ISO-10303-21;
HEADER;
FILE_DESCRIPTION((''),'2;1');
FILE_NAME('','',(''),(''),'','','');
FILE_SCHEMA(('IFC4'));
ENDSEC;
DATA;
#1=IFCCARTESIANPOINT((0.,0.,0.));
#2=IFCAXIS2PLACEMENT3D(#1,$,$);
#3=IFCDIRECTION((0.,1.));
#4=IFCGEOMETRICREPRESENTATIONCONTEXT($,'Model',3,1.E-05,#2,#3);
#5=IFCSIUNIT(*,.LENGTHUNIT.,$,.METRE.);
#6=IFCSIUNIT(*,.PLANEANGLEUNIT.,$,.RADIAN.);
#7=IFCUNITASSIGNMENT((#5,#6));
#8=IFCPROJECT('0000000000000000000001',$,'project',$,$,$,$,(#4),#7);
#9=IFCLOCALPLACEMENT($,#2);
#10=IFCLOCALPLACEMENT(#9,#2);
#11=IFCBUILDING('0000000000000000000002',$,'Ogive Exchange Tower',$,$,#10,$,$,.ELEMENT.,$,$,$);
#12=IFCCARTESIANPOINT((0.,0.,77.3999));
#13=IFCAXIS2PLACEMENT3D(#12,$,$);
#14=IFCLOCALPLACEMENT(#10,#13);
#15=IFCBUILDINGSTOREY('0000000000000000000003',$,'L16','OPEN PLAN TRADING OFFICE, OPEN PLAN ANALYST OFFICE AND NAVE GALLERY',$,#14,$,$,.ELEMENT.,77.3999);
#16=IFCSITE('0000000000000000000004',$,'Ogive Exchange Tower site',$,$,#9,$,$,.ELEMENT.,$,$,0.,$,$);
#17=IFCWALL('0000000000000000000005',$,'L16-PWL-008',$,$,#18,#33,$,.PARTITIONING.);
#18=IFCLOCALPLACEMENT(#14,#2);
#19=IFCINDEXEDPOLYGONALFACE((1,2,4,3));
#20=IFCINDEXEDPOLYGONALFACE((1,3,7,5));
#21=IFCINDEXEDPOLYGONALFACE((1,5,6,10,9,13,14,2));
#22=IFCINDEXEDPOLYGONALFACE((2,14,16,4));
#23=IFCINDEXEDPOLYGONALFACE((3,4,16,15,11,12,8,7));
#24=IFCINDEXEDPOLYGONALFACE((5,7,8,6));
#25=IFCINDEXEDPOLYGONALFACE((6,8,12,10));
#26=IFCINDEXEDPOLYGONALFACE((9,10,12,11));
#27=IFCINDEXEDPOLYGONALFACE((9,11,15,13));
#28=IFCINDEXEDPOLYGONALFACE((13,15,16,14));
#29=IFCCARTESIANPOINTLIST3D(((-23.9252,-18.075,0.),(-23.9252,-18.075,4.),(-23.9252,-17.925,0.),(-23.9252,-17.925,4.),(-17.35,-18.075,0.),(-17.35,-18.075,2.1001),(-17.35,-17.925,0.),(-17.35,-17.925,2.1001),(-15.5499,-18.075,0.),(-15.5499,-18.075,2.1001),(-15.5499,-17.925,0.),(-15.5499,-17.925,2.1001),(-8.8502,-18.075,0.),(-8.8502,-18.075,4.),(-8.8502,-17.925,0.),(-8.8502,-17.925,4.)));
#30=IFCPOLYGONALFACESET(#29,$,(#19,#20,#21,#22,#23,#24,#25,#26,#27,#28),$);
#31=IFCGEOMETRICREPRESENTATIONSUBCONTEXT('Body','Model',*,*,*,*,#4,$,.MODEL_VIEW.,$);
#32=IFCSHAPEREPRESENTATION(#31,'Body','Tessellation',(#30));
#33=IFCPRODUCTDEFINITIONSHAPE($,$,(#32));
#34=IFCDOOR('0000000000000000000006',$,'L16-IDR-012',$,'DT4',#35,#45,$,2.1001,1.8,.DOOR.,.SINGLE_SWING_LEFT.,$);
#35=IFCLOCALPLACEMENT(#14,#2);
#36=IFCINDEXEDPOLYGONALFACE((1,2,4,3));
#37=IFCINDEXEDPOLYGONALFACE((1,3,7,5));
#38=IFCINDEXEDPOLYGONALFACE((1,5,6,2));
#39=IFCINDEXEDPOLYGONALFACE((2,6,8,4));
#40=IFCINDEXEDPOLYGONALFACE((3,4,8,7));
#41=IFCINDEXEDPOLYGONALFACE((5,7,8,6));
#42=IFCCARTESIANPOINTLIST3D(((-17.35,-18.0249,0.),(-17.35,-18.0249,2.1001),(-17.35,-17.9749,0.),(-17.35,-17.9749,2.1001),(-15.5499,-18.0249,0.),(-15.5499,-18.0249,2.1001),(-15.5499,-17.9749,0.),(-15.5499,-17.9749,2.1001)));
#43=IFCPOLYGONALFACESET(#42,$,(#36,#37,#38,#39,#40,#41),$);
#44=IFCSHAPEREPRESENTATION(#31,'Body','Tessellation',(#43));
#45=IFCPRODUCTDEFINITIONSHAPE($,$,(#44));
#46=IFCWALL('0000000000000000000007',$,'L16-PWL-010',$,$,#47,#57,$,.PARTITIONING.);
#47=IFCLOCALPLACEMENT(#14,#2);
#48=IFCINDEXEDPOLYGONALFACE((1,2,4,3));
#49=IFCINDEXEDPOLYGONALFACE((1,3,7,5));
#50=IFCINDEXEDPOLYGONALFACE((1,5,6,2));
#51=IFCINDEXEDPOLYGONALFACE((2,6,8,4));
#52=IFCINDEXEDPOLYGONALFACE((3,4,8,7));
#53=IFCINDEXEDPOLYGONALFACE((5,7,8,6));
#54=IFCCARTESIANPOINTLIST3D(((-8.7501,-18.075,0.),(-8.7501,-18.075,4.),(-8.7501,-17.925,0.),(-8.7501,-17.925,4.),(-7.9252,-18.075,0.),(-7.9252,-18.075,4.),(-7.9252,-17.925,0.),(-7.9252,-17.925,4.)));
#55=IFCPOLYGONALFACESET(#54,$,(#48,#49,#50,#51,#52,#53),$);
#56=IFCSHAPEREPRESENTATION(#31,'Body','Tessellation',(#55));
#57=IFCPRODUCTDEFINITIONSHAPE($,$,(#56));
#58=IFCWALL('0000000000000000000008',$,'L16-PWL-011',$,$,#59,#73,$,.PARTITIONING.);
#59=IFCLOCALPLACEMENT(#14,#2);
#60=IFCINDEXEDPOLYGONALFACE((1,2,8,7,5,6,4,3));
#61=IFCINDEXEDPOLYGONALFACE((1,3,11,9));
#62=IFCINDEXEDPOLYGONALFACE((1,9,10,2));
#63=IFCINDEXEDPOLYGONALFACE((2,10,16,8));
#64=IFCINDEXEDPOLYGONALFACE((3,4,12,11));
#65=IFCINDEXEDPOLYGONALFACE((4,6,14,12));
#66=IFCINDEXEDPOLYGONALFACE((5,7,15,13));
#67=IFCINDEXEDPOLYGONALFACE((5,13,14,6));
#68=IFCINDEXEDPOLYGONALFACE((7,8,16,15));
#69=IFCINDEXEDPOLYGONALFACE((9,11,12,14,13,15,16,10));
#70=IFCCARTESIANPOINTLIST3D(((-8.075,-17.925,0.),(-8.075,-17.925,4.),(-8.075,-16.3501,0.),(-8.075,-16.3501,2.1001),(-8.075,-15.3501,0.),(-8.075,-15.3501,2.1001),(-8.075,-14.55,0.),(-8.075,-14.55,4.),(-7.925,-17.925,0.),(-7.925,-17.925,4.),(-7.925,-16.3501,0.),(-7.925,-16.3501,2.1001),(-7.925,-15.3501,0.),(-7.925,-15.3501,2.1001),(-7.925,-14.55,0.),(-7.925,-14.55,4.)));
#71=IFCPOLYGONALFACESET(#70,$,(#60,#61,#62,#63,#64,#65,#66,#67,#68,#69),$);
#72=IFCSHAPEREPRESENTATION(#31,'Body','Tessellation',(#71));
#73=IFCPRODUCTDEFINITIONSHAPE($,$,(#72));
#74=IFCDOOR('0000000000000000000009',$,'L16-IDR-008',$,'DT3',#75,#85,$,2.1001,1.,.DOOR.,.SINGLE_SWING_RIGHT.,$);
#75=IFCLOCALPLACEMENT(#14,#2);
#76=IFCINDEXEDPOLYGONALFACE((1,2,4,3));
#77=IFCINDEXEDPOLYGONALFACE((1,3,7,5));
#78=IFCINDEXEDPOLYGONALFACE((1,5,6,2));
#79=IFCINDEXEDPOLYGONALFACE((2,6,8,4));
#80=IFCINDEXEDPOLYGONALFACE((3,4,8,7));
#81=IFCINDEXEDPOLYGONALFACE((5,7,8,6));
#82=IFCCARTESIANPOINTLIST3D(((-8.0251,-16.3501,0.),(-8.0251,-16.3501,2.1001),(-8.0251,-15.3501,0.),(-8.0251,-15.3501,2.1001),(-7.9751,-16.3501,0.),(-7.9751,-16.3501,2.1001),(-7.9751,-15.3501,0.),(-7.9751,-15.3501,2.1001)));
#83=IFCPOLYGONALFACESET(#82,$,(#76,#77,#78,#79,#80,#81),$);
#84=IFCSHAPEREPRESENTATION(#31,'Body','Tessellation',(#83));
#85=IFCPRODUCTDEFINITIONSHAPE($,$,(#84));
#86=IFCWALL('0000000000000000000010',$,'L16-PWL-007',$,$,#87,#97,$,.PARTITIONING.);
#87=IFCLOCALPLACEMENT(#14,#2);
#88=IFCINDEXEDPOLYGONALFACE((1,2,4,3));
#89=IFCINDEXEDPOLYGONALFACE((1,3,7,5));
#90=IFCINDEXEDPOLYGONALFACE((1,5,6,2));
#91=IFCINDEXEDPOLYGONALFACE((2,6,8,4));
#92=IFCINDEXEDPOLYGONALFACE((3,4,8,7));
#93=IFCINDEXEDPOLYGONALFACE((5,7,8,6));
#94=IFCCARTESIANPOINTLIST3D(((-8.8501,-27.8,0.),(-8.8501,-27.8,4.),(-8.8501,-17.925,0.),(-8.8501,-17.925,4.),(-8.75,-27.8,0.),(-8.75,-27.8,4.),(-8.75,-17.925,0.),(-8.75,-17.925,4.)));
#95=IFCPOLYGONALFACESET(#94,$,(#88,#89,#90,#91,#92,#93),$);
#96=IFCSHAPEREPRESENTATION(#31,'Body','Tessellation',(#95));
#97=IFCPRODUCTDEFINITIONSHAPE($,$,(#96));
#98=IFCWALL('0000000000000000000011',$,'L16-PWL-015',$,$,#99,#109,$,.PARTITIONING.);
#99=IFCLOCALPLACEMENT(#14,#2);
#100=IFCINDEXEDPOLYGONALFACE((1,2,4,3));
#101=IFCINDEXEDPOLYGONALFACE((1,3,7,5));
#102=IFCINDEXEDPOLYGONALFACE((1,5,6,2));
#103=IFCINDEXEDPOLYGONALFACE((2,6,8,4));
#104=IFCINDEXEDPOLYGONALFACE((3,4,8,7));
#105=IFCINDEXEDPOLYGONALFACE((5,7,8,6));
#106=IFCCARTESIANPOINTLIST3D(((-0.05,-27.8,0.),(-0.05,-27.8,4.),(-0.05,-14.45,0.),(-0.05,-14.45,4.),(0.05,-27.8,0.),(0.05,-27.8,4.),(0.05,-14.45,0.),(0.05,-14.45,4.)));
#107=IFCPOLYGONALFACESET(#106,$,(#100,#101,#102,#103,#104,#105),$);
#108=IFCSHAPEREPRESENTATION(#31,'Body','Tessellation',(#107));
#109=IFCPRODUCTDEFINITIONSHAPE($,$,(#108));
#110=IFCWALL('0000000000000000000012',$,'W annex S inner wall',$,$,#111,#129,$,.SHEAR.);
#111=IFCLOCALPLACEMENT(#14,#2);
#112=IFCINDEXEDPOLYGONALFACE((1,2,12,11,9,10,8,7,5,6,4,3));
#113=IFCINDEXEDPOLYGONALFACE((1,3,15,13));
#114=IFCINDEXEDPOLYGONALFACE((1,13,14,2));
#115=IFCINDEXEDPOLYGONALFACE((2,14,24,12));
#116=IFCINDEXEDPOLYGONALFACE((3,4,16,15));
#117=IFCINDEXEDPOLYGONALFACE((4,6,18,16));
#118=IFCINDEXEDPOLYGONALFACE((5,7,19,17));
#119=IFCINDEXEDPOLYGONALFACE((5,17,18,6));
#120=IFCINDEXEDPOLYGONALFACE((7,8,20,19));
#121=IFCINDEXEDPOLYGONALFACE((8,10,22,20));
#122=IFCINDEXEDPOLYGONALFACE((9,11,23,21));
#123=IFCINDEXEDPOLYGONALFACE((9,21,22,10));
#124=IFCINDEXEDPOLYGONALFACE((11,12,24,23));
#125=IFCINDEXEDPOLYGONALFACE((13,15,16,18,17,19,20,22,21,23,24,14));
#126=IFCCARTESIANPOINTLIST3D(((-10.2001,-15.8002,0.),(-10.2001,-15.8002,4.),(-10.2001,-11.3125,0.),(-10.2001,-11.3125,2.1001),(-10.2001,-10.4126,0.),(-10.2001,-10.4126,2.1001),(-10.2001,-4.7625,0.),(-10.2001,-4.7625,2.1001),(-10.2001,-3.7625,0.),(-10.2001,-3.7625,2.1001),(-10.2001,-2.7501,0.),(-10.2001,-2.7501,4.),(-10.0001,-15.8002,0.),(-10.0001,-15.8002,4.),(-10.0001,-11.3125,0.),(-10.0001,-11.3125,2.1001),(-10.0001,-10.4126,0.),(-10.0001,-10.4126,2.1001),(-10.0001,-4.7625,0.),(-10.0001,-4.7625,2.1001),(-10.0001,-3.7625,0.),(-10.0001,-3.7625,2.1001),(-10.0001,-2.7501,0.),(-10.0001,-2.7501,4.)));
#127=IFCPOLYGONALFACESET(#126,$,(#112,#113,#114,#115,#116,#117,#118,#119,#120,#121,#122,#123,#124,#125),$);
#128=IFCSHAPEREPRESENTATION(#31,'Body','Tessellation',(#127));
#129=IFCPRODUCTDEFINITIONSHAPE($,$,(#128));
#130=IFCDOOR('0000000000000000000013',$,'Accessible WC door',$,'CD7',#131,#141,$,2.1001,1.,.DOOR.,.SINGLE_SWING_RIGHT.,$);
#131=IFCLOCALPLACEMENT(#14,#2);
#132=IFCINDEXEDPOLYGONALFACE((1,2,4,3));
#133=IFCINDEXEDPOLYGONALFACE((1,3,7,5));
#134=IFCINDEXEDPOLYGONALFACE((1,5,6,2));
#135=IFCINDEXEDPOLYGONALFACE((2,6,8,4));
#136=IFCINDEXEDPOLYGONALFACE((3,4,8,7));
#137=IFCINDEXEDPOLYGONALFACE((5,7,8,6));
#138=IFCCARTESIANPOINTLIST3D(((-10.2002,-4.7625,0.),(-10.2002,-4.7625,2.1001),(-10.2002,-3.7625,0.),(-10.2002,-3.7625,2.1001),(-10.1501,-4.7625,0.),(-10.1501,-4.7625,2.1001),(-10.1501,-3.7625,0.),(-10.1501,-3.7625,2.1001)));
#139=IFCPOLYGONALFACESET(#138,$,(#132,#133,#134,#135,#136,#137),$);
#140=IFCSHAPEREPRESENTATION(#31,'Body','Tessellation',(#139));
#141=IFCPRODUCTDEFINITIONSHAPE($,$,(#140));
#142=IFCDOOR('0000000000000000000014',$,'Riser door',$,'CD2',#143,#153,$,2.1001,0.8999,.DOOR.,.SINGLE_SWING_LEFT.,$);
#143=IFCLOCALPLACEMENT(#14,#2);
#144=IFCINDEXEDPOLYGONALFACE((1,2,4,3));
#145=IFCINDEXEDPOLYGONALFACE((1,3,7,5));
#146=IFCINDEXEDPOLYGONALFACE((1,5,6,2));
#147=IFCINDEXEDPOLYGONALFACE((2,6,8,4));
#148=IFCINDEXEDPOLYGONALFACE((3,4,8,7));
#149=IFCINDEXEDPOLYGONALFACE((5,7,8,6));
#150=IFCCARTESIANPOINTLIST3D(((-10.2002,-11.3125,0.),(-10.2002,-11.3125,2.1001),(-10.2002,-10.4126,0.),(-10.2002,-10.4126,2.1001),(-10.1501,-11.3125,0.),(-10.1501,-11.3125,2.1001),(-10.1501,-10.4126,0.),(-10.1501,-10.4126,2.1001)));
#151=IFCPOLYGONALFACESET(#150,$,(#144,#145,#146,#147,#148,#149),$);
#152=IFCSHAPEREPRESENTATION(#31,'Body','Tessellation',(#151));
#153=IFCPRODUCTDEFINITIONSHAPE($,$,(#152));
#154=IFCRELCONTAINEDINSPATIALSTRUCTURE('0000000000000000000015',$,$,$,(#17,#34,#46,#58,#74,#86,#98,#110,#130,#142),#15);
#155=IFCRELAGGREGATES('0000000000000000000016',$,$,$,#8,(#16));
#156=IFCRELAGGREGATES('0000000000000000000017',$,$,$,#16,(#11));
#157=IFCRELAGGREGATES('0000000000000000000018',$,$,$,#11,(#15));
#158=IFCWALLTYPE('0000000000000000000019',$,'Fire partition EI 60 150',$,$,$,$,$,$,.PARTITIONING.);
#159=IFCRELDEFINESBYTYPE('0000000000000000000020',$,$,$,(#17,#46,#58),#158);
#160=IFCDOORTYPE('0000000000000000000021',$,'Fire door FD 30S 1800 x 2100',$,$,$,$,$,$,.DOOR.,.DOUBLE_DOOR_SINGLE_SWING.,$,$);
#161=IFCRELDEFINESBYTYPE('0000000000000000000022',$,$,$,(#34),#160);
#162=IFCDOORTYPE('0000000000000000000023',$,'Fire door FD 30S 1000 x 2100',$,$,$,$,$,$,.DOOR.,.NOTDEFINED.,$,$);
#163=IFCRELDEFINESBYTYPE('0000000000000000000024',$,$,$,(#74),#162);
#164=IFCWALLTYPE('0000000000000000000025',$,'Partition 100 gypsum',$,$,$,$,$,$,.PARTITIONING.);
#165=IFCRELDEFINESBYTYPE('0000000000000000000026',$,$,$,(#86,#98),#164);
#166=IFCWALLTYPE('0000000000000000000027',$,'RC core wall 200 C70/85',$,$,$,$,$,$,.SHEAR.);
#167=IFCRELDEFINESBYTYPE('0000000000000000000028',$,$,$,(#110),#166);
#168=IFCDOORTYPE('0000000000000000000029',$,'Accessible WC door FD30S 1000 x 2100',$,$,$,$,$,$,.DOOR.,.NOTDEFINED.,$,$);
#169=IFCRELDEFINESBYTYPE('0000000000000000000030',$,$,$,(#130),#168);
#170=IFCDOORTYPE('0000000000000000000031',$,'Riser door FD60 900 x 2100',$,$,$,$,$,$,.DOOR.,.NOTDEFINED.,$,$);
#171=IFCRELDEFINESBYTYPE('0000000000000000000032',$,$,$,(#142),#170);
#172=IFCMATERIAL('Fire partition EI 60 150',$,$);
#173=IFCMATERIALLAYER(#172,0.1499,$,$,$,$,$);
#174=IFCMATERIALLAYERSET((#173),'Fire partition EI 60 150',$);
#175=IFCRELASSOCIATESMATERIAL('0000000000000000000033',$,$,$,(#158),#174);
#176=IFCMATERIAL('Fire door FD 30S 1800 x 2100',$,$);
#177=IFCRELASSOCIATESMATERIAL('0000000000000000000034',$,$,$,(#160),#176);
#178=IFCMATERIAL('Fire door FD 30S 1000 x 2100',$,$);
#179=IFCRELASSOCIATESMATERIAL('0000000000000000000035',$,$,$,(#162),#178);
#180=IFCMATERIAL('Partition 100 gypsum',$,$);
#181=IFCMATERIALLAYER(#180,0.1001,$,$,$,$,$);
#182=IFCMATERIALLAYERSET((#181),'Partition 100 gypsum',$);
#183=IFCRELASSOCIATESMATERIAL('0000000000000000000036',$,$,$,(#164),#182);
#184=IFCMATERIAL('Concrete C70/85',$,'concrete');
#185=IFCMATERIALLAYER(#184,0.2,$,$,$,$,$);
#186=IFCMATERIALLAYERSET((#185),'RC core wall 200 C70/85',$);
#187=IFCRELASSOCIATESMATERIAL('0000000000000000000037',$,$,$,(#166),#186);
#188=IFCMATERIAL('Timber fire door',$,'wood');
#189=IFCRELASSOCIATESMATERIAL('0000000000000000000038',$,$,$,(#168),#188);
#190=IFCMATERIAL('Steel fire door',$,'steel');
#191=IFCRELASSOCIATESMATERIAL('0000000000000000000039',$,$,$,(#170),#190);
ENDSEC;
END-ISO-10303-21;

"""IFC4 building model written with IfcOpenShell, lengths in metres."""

from ifc_helpers import new_model, si_unit, direction, frame, frame_2d, origin, place, context, subcontext, project, spatial, rectangle, extrude, material, layer, layer_set, type_object, element, fill, save


model = new_model("IFC4")

# Units and contexts
model_context = context("Model", 3, precision=1e-05, world=origin(), true_north=direction((0.0, 1.0)))
body_context = subcontext(model_context, "Body", "Model", "MODEL_VIEW")
ifc_project = project(units=[si_unit("LENGTHUNIT", "METRE"), si_unit("PLANEANGLEUNIT", "RADIAN")], contexts=[model_context])

# Site, building, storey
site_placement = place(None, origin())
site = spatial("IfcSite", under=ifc_project, at=site_placement, Name="Ogive Exchange Tower site", CompositionType="ELEMENT", RefElevation=0.0)
building_placement = place(site_placement, origin())
building = spatial("IfcBuilding", under=site, at=building_placement, Name="Ogive Exchange Tower", CompositionType="ELEMENT")
storey_placement = place(building_placement, frame((0.0, 0.0, 77.3999)))
storey = spatial("IfcBuildingStorey", under=building, at=storey_placement, Name="L16", Description="OPEN PLAN TRADING OFFICE, OPEN PLAN ANALYST OFFICE AND NAVE GALLERY", CompositionType="ELEMENT", Elevation=77.3999)

# Wall, opening, door
ifc_material_1 = material(Name="Fire partition EI 60 150")
ifc_layer_1 = layer(ifc_material_1, 0.1499)
ifc_layer_set_1 = layer_set([ifc_layer_1], Name="Fire partition EI 60 150")
wall_type_1 = type_object("IfcWallType", Name="Fire partition EI 60 150", PredefinedType="PARTITIONING", material=ifc_layer_set_1)
wall_1_placement = place(storey_placement, frame((-8.8501, -18.0, 0.0), z_axis=(0.0, 0.0, 1.0), x_axis=(-1.0, 0.0, 0.0)))
wall_1 = element("IfcWall", 1, at=wall_1_placement, inside=storey, type_object=wall_type_1, Name="L16-PWL-008", PredefinedType="PARTITIONING", context=body_context, shape_type="SweptSolid", body=[
    extrude(rectangle(XDim=15.075, YDim=0.1499, at=frame_2d((7.5376, 0.0))), origin(), (0.0, 0.0, 1.0), 4.0),
])
opening_1_placement = place(wall_1_placement, frame((6.7, 0.0, 0.0)))
opening_1 = element("IfcOpeningElement", 2, at=opening_1_placement, cuts=wall_1, PredefinedType="OPENING", context=body_context, shape_type="SweptSolid", body=[
    extrude(rectangle(XDim=1.8, YDim=2.1001, at=frame_2d((0.8999, 1.05))), frame((0.0, 0.085, 0.0), z_axis=(0.0, -1.0, 0.0), x_axis=(1.0, 0.0, 0.0)), (0.0, 0.0, 1.0), 0.1699),
])
ifc_material_2 = material(Name="Fire door FD 30S 1800 x 2100")
door_type_1 = type_object("IfcDoorType", Name="Fire door FD 30S 1800 x 2100", OperationType="DOUBLE_DOOR_SINGLE_SWING", PredefinedType="DOOR", material=ifc_material_2)
door_1_placement = place(opening_1_placement, origin())
door_1 = element("IfcDoor", 3, at=door_1_placement, inside=storey, type_object=door_type_1, Name="L16-IDR-012", ObjectType="DT4", OperationType="SINGLE_SWING_LEFT", OverallHeight=2.1001, OverallWidth=1.8, PredefinedType="DOOR", context=body_context, shape_type="SweptSolid", body=[
    extrude(rectangle(XDim=1.8, YDim=2.1001, at=frame_2d((0.8999, 1.05))), frame((0.0, 0.0249, 0.0), z_axis=(0.0, -1.0, 0.0), x_axis=(1.0, 0.0, 0.0)), (0.0, 0.0, 1.0), 0.05),
])
fill(opening_1, door_1)

# Wall
wall_2_placement = place(storey_placement, frame((-7.925, -18.0, 0.0), z_axis=(0.0, 0.0, 1.0), x_axis=(-1.0, 0.0, 0.0)))
element("IfcWall", 4, at=wall_2_placement, inside=storey, type_object=wall_type_1, Name="L16-PWL-010", PredefinedType="PARTITIONING", context=body_context, shape_type="SweptSolid", body=[
    extrude(rectangle(XDim=0.825, YDim=0.1499, at=frame_2d((0.4126, 0.0))), origin(), (0.0, 0.0, 1.0), 4.0),
])

# Wall, opening, door
wall_3_placement = place(storey_placement, frame((-8.0, -14.55, 0.0), z_axis=(0.0, 0.0, 1.0), x_axis=(0.0, -1.0, 0.0)))
wall_3 = element("IfcWall", 5, at=wall_3_placement, inside=storey, type_object=wall_type_1, Name="L16-PWL-011", PredefinedType="PARTITIONING", context=body_context, shape_type="SweptSolid", body=[
    extrude(rectangle(XDim=3.375, YDim=0.1499, at=frame_2d((1.6875, 0.0))), origin(), (0.0, 0.0, 1.0), 4.0),
])
opening_2_placement = place(wall_3_placement, frame((0.8, 0.0, 0.0)))
opening_2 = element("IfcOpeningElement", 6, at=opening_2_placement, cuts=wall_3, PredefinedType="OPENING", context=body_context, shape_type="SweptSolid", body=[
    extrude(rectangle(XDim=1.0, YDim=2.1001, at=frame_2d((0.5, 1.05))), frame((0.0, 0.085, 0.0), z_axis=(0.0, -1.0, 0.0), x_axis=(1.0, 0.0, 0.0)), (0.0, 0.0, 1.0), 0.1699),
])
ifc_material_3 = material(Name="Fire door FD 30S 1000 x 2100")
door_type_2 = type_object("IfcDoorType", Name="Fire door FD 30S 1000 x 2100", OperationType="NOTDEFINED", PredefinedType="DOOR", material=ifc_material_3)
door_2_placement = place(opening_2_placement, origin())
door_2 = element("IfcDoor", 7, at=door_2_placement, inside=storey, type_object=door_type_2, Name="L16-IDR-008", ObjectType="DT3", OperationType="SINGLE_SWING_RIGHT", OverallHeight=2.1001, OverallWidth=1.0, PredefinedType="DOOR", context=body_context, shape_type="SweptSolid", body=[
    extrude(rectangle(XDim=1.0, YDim=2.1001, at=frame_2d((0.5, 1.05))), frame((0.0, 0.0249, 0.0), z_axis=(0.0, -1.0, 0.0), x_axis=(1.0, 0.0, 0.0)), (0.0, 0.0, 1.0), 0.05),
])
fill(opening_2, door_2)

# Walls
ifc_material_4 = material(Name="Partition 100 gypsum")
ifc_layer_2 = layer(ifc_material_4, 0.1001)
ifc_layer_set_2 = layer_set([ifc_layer_2], Name="Partition 100 gypsum")
wall_type_2 = type_object("IfcWallType", Name="Partition 100 gypsum", PredefinedType="PARTITIONING", material=ifc_layer_set_2)
wall_4_placement = place(storey_placement, frame((-8.8, -27.8, 0.0), z_axis=(0.0, 0.0, 1.0), x_axis=(0.0, 1.0, 0.0)))
element("IfcWall", 8, at=wall_4_placement, inside=storey, type_object=wall_type_2, Name="L16-PWL-007", PredefinedType="PARTITIONING", context=body_context, shape_type="SweptSolid", body=[
    extrude(rectangle(XDim=9.875, YDim=0.1001, at=frame_2d((4.9375, 0.0))), origin(), (0.0, 0.0, 1.0), 4.0),
])
wall_5_placement = place(storey_placement, frame((0.0, -27.8, 0.0), z_axis=(0.0, 0.0, 1.0), x_axis=(0.0, 1.0, 0.0)))
element("IfcWall", 9, at=wall_5_placement, inside=storey, type_object=wall_type_2, Name="L16-PWL-015", PredefinedType="PARTITIONING", context=body_context, shape_type="SweptSolid", body=[
    extrude(rectangle(XDim=13.3501, YDim=0.1001, at=frame_2d((6.675, 0.0))), origin(), (0.0, 0.0, 1.0), 4.0),
])

# Wall, openings, doors
ifc_material_5 = material(Name="Concrete C70/85", Category="concrete")
ifc_layer_3 = layer(ifc_material_5, 0.2)
ifc_layer_set_3 = layer_set([ifc_layer_3], Name="RC core wall 200 C70/85")
wall_type_3 = type_object("IfcWallType", Name="RC core wall 200 C70/85", PredefinedType="SHEAR", material=ifc_layer_set_3)
wall_6_placement = place(storey_placement, frame((-10.1001, -15.8, 0.0), z_axis=(0.0, 0.0, 1.0), x_axis=(0.0, 1.0, 0.0)))
wall_6 = element("IfcWall", 10, at=wall_6_placement, inside=storey, type_object=wall_type_3, Name="W annex S inner wall", PredefinedType="SHEAR", context=body_context, shape_type="SweptSolid", body=[
    extrude(rectangle(XDim=13.05, YDim=0.2, at=frame_2d((6.5249, 0.0))), origin(), (0.0, 0.0, 1.0), 4.0),
])
opening_3_placement = place(wall_6_placement, frame((4.4875, 0.0, 0.0)))
opening_3 = element("IfcOpeningElement", 11, at=opening_3_placement, cuts=wall_6, PredefinedType="OPENING", context=body_context, shape_type="SweptSolid", body=[
    extrude(rectangle(XDim=0.8999, YDim=2.1001, at=frame_2d((0.45, 1.05))), frame((0.0, 0.1099, 0.0), z_axis=(0.0, -1.0, 0.0), x_axis=(1.0, 0.0, 0.0)), (0.0, 0.0, 1.0), 0.22),
])
opening_4_placement = place(wall_6_placement, frame((11.0376, 0.0, 0.0)))
opening_4 = element("IfcOpeningElement", 12, at=opening_4_placement, cuts=wall_6, PredefinedType="OPENING", context=body_context, shape_type="SweptSolid", body=[
    extrude(rectangle(XDim=1.0, YDim=2.1001, at=frame_2d((0.5, 1.05))), frame((0.0, 0.1099, 0.0), z_axis=(0.0, -1.0, 0.0), x_axis=(1.0, 0.0, 0.0)), (0.0, 0.0, 1.0), 0.22),
])
ifc_material_6 = material(Name="Timber fire door", Category="wood")
door_type_3 = type_object("IfcDoorType", Name="Accessible WC door FD30S 1000 x 2100", OperationType="NOTDEFINED", PredefinedType="DOOR", material=ifc_material_6)
door_3_placement = place(opening_4_placement, origin())
door_3 = element("IfcDoor", 13, at=door_3_placement, inside=storey, type_object=door_type_3, Name="Accessible WC door", ObjectType="CD7", OperationType="SINGLE_SWING_RIGHT", OverallHeight=2.1001, OverallWidth=1.0, PredefinedType="DOOR", context=body_context, shape_type="SweptSolid", body=[
    extrude(rectangle(XDim=1.0, YDim=2.1001, at=frame_2d((0.5, 1.05))), frame((0.0, 0.1001, 0.0), z_axis=(0.0, -1.0, 0.0), x_axis=(1.0, 0.0, 0.0)), (0.0, 0.0, 1.0), 0.05),
])
fill(opening_4, door_3)
ifc_material_7 = material(Name="Steel fire door", Category="steel")
door_type_4 = type_object("IfcDoorType", Name="Riser door FD60 900 x 2100", OperationType="NOTDEFINED", PredefinedType="DOOR", material=ifc_material_7)
door_4_placement = place(opening_3_placement, origin())
door_4 = element("IfcDoor", 14, at=door_4_placement, inside=storey, type_object=door_type_4, Name="Riser door", ObjectType="CD2", OperationType="SINGLE_SWING_LEFT", OverallHeight=2.1001, OverallWidth=0.8999, PredefinedType="DOOR", context=body_context, shape_type="SweptSolid", body=[
    extrude(rectangle(XDim=0.8999, YDim=2.1001, at=frame_2d((0.45, 1.05))), frame((0.0, 0.1001, 0.0), z_axis=(0.0, -1.0, 0.0), x_axis=(1.0, 0.0, 0.0)), (0.0, 0.0, 1.0), 0.05),
])
fill(opening_3, door_4)

save(model, "model.ifc")
